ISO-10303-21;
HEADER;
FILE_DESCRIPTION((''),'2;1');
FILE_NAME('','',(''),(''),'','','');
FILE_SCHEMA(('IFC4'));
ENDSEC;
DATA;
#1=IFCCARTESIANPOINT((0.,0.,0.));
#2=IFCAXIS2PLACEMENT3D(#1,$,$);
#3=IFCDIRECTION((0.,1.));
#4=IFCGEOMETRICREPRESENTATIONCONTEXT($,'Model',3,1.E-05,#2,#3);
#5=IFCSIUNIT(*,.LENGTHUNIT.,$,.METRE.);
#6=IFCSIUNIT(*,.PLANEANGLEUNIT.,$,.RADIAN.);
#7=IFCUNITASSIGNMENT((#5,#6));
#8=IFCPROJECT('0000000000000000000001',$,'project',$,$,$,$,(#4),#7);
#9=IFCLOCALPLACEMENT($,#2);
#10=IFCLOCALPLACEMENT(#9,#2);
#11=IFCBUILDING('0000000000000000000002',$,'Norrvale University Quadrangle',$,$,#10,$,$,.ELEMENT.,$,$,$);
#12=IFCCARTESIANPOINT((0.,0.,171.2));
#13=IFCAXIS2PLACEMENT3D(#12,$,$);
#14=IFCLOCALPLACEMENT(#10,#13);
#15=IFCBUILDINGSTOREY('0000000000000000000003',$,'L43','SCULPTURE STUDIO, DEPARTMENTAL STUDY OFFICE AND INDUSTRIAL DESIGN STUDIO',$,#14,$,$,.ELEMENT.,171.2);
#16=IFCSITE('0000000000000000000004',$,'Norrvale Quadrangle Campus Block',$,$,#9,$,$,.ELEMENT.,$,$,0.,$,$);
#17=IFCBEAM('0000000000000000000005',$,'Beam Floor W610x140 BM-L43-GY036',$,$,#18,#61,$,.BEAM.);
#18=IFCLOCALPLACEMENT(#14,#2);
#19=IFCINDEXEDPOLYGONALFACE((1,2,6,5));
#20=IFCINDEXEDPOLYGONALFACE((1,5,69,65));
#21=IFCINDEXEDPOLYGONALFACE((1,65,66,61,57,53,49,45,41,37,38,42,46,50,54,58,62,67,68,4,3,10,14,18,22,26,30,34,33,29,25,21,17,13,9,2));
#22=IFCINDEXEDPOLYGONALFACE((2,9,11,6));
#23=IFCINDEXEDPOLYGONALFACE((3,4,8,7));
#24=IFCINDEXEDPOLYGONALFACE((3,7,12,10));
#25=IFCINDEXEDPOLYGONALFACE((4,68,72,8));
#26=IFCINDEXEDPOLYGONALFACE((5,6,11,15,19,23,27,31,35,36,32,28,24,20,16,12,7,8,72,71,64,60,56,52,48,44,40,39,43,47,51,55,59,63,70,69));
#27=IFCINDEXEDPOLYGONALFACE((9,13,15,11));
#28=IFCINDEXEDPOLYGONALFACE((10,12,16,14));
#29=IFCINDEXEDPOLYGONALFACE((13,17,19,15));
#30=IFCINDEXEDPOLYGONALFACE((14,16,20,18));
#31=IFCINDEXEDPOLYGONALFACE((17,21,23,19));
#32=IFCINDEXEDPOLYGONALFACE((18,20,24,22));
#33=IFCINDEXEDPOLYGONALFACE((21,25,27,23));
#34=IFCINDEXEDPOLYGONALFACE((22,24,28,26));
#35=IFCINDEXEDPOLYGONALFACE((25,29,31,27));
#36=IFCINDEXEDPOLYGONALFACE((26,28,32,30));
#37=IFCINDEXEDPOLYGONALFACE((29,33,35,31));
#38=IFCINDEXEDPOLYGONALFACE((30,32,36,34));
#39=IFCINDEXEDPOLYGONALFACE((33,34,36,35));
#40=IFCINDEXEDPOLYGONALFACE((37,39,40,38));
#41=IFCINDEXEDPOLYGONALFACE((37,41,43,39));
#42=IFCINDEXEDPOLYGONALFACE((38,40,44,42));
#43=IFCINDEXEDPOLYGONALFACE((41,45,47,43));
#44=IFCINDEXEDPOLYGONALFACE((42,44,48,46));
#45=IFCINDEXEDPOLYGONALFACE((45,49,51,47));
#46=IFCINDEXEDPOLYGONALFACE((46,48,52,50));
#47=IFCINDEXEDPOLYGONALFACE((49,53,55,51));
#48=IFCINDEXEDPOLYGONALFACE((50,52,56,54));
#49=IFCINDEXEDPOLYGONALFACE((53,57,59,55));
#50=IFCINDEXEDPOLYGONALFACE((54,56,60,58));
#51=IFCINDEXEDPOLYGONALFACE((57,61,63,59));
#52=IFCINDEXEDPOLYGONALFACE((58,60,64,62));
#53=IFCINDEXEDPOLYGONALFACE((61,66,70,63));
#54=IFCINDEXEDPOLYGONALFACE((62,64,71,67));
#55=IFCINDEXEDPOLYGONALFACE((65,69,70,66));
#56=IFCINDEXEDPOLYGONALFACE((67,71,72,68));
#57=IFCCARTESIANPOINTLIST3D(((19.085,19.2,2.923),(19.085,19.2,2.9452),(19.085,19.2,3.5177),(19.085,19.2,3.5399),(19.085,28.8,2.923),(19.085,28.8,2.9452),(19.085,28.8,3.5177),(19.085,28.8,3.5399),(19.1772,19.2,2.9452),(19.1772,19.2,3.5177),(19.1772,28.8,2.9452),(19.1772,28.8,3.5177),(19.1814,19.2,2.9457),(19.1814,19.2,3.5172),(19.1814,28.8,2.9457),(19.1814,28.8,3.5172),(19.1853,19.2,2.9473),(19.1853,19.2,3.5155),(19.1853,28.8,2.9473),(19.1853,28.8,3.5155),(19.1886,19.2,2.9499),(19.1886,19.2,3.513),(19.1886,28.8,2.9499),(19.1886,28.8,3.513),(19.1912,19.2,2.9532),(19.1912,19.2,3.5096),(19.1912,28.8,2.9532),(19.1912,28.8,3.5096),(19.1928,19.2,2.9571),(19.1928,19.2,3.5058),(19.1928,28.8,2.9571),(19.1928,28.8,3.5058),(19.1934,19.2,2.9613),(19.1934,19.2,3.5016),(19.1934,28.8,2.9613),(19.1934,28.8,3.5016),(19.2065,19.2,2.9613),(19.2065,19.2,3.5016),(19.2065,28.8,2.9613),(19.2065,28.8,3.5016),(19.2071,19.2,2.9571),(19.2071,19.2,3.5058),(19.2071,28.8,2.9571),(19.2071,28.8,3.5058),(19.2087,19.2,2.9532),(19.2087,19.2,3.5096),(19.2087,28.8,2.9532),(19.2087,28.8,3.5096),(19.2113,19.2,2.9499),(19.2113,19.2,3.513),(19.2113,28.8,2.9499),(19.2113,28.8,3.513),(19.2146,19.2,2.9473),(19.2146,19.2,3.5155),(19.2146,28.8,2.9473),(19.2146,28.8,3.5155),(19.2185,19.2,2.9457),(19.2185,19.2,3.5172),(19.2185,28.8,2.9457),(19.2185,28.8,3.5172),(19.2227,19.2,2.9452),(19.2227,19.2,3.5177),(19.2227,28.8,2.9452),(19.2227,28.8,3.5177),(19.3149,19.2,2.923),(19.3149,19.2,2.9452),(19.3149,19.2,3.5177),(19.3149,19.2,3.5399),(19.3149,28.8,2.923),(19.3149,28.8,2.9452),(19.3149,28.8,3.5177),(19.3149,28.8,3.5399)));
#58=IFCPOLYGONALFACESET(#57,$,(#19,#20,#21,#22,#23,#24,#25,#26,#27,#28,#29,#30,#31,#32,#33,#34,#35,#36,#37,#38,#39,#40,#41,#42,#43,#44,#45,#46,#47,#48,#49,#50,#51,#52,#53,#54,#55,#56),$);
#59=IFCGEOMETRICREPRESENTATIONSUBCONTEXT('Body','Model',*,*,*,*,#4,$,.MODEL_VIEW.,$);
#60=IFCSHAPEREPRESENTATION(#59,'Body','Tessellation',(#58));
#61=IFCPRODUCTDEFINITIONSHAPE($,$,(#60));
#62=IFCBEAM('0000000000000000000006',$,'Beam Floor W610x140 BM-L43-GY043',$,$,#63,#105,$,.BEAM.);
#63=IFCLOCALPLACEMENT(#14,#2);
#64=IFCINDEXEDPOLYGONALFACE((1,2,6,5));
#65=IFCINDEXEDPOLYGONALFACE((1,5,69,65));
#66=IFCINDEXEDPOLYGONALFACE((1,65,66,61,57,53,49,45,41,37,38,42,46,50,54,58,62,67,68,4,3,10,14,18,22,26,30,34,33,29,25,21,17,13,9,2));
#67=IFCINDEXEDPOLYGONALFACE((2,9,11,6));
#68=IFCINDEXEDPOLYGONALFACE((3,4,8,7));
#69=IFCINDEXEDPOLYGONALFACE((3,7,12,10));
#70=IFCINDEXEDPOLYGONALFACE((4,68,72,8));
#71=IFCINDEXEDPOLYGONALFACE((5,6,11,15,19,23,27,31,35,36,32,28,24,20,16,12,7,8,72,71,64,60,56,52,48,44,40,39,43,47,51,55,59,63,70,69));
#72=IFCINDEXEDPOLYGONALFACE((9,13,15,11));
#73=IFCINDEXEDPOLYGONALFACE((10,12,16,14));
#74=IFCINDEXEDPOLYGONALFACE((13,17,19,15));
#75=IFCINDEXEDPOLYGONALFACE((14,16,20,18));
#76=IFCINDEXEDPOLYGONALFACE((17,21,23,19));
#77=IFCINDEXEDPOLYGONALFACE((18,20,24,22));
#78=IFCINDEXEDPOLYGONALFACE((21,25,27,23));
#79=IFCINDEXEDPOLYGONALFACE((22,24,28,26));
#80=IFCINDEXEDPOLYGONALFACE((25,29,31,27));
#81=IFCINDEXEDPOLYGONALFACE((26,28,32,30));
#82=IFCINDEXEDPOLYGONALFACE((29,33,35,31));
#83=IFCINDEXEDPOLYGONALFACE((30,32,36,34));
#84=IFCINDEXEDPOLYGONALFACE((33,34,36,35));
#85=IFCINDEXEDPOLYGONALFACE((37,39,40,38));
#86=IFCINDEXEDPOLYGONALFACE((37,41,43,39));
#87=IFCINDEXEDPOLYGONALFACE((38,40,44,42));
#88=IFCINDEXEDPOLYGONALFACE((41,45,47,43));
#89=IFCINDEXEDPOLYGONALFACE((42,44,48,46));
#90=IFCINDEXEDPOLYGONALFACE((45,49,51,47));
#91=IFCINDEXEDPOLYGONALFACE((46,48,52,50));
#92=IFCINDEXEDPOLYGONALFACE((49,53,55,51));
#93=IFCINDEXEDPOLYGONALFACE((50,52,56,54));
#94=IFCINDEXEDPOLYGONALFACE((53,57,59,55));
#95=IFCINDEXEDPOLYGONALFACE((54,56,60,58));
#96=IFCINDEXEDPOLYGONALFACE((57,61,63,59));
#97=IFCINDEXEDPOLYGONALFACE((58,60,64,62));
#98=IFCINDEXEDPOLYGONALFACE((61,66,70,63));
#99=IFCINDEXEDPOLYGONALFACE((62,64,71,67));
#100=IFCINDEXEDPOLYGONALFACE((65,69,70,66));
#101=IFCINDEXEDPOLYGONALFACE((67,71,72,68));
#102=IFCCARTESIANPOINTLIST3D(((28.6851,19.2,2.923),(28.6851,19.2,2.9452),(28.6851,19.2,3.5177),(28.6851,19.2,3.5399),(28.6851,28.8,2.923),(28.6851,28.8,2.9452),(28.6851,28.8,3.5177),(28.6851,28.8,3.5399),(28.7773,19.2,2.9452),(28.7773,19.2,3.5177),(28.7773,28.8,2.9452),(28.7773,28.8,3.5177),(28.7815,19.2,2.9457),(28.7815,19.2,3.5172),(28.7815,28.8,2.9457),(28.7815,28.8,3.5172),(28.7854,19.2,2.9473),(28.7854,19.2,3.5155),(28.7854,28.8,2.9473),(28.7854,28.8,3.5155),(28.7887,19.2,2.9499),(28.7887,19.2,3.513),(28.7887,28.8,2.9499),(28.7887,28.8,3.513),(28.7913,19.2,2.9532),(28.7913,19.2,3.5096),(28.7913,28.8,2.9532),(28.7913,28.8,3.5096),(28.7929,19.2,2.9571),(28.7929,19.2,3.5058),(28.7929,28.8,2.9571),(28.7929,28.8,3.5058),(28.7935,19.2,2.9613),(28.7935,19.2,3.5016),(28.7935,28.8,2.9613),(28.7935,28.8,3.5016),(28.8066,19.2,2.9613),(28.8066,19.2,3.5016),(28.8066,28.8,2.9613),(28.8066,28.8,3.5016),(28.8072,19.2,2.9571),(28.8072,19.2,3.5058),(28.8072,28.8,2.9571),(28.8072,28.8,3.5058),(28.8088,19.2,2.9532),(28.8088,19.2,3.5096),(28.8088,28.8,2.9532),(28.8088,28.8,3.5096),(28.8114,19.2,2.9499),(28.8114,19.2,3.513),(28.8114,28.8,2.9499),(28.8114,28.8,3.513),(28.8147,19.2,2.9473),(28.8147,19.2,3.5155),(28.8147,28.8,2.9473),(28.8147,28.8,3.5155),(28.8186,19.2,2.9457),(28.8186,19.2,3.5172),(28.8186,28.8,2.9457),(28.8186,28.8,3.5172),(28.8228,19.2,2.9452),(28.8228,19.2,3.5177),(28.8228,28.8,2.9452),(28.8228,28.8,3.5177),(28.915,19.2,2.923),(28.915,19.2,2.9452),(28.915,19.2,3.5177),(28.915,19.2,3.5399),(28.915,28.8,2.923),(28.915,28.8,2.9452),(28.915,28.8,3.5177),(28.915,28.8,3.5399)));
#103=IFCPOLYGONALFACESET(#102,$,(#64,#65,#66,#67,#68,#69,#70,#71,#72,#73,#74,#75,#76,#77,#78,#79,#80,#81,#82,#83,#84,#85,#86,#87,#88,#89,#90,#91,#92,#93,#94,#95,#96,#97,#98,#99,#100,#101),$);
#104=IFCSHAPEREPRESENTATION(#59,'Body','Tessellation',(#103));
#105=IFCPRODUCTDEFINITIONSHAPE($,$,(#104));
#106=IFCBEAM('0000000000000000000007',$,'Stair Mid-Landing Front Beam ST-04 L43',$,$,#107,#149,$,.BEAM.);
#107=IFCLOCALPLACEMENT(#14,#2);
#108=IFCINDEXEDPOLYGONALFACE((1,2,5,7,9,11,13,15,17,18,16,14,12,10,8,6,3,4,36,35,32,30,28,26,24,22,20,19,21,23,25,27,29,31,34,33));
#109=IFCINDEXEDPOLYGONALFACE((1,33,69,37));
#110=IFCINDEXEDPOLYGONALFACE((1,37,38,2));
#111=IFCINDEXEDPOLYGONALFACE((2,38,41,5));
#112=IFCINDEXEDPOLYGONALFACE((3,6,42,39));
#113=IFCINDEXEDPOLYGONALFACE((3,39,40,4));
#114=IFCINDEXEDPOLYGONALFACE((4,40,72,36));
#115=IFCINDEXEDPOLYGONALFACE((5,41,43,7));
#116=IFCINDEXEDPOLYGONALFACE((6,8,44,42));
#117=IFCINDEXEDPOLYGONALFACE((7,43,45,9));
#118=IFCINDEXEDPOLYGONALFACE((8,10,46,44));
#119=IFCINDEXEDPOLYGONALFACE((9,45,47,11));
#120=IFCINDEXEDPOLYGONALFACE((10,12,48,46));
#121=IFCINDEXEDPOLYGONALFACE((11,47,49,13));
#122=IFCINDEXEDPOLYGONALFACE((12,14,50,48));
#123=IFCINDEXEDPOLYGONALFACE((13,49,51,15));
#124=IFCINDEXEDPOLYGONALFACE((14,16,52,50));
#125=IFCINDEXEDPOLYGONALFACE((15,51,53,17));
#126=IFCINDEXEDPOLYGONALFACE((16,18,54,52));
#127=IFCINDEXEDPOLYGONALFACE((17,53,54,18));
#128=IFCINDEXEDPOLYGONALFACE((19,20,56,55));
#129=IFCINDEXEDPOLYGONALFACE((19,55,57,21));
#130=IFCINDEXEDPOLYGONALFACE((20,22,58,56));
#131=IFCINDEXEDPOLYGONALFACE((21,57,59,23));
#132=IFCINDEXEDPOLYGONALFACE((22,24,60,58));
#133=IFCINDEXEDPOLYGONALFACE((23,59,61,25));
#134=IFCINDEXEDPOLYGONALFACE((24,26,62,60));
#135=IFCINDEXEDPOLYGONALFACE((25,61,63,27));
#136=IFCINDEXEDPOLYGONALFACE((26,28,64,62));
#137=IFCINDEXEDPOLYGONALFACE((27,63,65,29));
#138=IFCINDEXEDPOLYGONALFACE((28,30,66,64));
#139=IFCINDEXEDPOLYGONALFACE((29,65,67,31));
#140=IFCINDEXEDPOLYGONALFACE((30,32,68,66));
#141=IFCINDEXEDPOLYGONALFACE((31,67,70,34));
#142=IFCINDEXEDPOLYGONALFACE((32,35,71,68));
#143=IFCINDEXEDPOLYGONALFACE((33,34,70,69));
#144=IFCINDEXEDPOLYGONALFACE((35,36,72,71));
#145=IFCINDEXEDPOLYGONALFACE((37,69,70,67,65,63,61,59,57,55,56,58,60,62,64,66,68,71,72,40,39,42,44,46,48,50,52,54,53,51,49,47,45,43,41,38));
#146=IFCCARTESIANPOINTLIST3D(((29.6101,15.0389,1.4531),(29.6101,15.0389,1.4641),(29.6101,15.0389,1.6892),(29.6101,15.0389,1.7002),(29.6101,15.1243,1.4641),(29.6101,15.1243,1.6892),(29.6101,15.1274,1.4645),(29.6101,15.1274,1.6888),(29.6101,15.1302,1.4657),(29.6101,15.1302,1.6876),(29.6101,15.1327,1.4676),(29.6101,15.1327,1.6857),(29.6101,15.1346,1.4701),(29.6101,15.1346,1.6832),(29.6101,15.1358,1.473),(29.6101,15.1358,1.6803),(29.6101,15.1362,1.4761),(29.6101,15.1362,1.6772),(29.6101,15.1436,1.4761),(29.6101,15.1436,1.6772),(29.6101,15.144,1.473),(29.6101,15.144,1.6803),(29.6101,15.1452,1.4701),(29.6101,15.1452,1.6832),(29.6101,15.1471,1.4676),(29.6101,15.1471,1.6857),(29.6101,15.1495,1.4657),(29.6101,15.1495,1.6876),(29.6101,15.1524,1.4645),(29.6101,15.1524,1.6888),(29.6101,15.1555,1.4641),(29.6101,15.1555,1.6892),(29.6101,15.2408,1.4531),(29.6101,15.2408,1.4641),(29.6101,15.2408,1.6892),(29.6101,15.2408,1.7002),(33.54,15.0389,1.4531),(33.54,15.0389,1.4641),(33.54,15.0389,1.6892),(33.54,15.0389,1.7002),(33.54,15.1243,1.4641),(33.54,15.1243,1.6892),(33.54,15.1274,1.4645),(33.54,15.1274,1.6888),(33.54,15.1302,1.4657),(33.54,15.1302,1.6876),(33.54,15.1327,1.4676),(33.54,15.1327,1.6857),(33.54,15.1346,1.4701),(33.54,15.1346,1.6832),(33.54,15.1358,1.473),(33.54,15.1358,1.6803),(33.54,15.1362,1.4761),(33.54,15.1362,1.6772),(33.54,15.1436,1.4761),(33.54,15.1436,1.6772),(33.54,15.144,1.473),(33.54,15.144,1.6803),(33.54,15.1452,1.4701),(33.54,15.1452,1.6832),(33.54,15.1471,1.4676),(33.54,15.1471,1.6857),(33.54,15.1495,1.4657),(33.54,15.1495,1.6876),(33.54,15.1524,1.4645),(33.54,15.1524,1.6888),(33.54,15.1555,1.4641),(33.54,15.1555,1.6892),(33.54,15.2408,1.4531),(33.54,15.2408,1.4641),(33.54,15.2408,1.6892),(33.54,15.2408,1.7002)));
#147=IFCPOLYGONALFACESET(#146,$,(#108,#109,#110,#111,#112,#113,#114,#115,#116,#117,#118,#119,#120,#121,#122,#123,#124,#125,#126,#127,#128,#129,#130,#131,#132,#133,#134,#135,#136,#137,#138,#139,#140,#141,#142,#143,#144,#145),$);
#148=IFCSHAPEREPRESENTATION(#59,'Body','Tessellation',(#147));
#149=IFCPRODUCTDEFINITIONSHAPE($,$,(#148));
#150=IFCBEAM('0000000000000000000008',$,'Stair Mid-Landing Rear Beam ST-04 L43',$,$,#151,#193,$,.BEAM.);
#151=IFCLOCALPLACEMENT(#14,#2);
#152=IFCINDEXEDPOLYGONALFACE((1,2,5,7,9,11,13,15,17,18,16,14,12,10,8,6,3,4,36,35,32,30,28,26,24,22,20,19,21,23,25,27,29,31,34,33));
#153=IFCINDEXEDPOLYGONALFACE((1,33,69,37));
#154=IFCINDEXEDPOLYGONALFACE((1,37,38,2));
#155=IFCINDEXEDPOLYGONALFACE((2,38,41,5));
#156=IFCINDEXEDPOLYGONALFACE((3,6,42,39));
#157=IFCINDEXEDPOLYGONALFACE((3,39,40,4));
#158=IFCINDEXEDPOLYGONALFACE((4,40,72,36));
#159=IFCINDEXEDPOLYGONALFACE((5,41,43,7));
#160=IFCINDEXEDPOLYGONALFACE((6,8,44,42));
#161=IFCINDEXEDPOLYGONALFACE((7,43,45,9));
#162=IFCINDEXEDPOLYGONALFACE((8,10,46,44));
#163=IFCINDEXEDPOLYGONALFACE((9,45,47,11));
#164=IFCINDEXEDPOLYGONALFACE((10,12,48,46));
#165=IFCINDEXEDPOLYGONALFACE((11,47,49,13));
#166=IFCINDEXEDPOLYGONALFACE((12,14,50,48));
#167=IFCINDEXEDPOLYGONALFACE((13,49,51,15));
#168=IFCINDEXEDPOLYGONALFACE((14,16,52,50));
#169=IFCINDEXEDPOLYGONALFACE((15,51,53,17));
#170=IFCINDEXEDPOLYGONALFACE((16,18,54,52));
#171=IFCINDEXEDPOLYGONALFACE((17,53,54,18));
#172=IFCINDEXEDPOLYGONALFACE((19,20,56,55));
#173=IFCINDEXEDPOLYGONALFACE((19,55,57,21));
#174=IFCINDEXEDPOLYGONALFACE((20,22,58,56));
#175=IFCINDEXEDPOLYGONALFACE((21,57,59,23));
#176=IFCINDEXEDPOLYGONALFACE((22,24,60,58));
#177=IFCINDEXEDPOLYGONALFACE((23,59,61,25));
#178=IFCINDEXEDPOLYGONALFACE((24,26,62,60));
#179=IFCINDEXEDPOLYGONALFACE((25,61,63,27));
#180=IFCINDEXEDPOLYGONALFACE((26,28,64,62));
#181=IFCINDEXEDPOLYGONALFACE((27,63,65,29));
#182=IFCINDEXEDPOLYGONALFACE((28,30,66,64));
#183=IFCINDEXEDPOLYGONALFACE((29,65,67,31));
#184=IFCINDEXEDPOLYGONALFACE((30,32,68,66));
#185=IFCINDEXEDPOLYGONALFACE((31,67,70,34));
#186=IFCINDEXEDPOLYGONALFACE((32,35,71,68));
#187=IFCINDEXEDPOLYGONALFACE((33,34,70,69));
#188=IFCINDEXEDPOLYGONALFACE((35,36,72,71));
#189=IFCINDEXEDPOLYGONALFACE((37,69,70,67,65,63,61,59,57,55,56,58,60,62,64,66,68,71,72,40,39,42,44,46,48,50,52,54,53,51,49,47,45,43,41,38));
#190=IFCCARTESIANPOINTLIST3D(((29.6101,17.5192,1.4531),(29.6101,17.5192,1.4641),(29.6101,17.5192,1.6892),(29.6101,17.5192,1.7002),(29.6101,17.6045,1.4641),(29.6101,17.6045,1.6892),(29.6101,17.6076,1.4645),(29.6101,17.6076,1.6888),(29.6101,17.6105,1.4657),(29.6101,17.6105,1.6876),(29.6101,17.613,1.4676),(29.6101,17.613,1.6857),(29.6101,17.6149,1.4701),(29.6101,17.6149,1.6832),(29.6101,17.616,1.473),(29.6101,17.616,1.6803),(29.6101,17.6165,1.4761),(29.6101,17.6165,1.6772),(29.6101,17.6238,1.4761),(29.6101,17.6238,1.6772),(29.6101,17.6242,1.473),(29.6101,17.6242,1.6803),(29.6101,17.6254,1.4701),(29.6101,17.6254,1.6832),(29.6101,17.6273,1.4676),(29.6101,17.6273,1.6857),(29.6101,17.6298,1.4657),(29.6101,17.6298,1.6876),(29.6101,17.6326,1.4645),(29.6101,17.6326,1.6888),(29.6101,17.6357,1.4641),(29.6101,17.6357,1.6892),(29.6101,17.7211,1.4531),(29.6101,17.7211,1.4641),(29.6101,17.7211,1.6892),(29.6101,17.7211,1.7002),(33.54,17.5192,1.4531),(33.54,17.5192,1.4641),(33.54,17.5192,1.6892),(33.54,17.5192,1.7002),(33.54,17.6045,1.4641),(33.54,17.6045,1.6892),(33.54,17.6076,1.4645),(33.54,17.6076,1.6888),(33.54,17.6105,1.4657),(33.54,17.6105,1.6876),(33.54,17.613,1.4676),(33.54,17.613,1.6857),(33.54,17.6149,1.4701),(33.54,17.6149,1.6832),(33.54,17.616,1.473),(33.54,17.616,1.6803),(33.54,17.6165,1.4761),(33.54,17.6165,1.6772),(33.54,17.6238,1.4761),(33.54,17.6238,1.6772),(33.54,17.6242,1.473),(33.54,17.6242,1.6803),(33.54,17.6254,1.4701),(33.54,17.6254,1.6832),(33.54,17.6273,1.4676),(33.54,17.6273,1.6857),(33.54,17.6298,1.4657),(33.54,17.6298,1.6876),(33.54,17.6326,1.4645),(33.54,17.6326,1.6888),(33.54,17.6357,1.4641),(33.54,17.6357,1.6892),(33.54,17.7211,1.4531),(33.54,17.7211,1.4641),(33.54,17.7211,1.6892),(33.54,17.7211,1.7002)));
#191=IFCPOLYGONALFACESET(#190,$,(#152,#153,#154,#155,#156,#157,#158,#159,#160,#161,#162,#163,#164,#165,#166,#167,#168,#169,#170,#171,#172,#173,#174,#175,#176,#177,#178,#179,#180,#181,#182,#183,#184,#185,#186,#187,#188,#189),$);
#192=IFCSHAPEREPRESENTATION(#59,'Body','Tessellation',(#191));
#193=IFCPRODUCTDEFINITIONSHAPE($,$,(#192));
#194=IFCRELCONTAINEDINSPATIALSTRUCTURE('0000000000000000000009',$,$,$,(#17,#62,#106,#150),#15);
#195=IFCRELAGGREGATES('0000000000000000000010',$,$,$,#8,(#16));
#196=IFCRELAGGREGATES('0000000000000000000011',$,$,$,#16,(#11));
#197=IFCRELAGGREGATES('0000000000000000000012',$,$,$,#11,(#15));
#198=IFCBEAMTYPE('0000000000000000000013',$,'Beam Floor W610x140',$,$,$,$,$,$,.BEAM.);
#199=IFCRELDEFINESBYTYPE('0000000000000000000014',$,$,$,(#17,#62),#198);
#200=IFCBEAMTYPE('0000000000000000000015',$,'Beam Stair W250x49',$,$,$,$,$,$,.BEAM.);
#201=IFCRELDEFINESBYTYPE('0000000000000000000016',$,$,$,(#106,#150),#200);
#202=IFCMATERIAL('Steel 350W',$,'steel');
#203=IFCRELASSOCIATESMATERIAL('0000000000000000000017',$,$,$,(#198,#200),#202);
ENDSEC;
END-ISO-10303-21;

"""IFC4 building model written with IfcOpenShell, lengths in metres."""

from ifc_helpers import new_model, si_unit, direction, frame, origin, origin_2d, place, context, subcontext, project, spatial, i_section, extrude, material, material_profile, profile_set, type_object, element, save


model = new_model("IFC4")

# Units and contexts
model_context = context("Model", 3, precision=1e-05, world=origin(), true_north=direction((0.0, 1.0)))
body_context = subcontext(model_context, "Body", "Model", "MODEL_VIEW")
ifc_project = project(units=[si_unit("LENGTHUNIT", "METRE"), si_unit("PLANEANGLEUNIT", "RADIAN")], contexts=[model_context])

# Site, building, storey
site_placement = place(None, origin())
site = spatial("IfcSite", under=ifc_project, at=site_placement, Name="Norrvale Quadrangle Campus Block", CompositionType="ELEMENT", RefElevation=0.0)
building_placement = place(site_placement, origin())
building = spatial("IfcBuilding", under=site, at=building_placement, Name="Norrvale University Quadrangle", CompositionType="ELEMENT")
storey_placement = place(building_placement, frame((0.0, 0.0, 171.2)))
storey = spatial("IfcBuildingStorey", under=building, at=storey_placement, Name="L43", Description="SCULPTURE STUDIO, DEPARTMENTAL STUDY OFFICE AND INDUSTRIAL DESIGN STUDIO", CompositionType="ELEMENT", Elevation=171.2)

# Beams
ifc_material_1 = material(Name="Steel 350W", Category="steel")
ifc_material_profile_1 = material_profile(ifc_material_1, i_section(OverallWidth=0.23, OverallDepth=0.6169, WebThickness=0.0132, FlangeThickness=0.0222, FilletRadius=0.0161, at=origin_2d()), Name="Steel 350W")
ifc_profile_set_1 = profile_set([ifc_material_profile_1], Name="Steel 350W")
beam_type_1 = type_object("IfcBeamType", Name="Beam Floor W610x140", PredefinedType="BEAM", material=ifc_profile_set_1)
for number, where, z_axis, x_axis, name in (
    (1, (19.2, 19.2, 3.2314), (0.0, 1.0, 0.0), (-1.0, 0.0, 0.0), "Beam Floor W610x140 BM-L43-GY036"),
    (2, (28.8, 19.2, 3.2314), (0.0, 1.0, 0.0), (-1.0, 0.0, 0.0), "Beam Floor W610x140 BM-L43-GY043"),
):
    element("IfcBeam", number, at=place(storey_placement, frame(where, z_axis=z_axis, x_axis=x_axis)), inside=storey, type_object=beam_type_1, Name=name, PredefinedType="BEAM", context=body_context, shape_type="SweptSolid", body=[
        extrude(i_section(OverallWidth=0.23, OverallDepth=0.6169, WebThickness=0.0132, FlangeThickness=0.0222, FilletRadius=0.0161, at=origin_2d()), origin(), (0.0, 0.0, 1.0), 9.6001),
    ])
ifc_material_profile_2 = material_profile(ifc_material_1, i_section(OverallWidth=0.2019, OverallDepth=0.2471, WebThickness=0.0073, FlangeThickness=0.011, FilletRadius=0.012, at=origin_2d()), Name="Steel 350W")
ifc_profile_set_2 = profile_set([ifc_material_profile_2], Name="Steel 350W")
beam_type_2 = type_object("IfcBeamType", Name="Beam Stair W250x49", PredefinedType="BEAM", material=ifc_profile_set_2)
for number, where, z_axis, x_axis, name in (
    (3, (29.6101, 15.1399, 1.5767), (1.0, 0.0, 0.0), (0.0, 1.0, 0.0), "Stair Mid-Landing Front Beam ST-04 L43"),
    (4, (29.6101, 17.6201, 1.5767), (1.0, 0.0, 0.0), (0.0, 1.0, 0.0), "Stair Mid-Landing Rear Beam ST-04 L43"),
):
    element("IfcBeam", number, at=place(storey_placement, frame(where, z_axis=z_axis, x_axis=x_axis)), inside=storey, type_object=beam_type_2, Name=name, PredefinedType="BEAM", context=body_context, shape_type="SweptSolid", body=[
        extrude(i_section(OverallWidth=0.2019, OverallDepth=0.2471, WebThickness=0.0073, FlangeThickness=0.011, FilletRadius=0.012, at=origin_2d()), origin(), (0.0, 0.0, 1.0), 3.9299),
    ])

save(model, "model.ifc")
